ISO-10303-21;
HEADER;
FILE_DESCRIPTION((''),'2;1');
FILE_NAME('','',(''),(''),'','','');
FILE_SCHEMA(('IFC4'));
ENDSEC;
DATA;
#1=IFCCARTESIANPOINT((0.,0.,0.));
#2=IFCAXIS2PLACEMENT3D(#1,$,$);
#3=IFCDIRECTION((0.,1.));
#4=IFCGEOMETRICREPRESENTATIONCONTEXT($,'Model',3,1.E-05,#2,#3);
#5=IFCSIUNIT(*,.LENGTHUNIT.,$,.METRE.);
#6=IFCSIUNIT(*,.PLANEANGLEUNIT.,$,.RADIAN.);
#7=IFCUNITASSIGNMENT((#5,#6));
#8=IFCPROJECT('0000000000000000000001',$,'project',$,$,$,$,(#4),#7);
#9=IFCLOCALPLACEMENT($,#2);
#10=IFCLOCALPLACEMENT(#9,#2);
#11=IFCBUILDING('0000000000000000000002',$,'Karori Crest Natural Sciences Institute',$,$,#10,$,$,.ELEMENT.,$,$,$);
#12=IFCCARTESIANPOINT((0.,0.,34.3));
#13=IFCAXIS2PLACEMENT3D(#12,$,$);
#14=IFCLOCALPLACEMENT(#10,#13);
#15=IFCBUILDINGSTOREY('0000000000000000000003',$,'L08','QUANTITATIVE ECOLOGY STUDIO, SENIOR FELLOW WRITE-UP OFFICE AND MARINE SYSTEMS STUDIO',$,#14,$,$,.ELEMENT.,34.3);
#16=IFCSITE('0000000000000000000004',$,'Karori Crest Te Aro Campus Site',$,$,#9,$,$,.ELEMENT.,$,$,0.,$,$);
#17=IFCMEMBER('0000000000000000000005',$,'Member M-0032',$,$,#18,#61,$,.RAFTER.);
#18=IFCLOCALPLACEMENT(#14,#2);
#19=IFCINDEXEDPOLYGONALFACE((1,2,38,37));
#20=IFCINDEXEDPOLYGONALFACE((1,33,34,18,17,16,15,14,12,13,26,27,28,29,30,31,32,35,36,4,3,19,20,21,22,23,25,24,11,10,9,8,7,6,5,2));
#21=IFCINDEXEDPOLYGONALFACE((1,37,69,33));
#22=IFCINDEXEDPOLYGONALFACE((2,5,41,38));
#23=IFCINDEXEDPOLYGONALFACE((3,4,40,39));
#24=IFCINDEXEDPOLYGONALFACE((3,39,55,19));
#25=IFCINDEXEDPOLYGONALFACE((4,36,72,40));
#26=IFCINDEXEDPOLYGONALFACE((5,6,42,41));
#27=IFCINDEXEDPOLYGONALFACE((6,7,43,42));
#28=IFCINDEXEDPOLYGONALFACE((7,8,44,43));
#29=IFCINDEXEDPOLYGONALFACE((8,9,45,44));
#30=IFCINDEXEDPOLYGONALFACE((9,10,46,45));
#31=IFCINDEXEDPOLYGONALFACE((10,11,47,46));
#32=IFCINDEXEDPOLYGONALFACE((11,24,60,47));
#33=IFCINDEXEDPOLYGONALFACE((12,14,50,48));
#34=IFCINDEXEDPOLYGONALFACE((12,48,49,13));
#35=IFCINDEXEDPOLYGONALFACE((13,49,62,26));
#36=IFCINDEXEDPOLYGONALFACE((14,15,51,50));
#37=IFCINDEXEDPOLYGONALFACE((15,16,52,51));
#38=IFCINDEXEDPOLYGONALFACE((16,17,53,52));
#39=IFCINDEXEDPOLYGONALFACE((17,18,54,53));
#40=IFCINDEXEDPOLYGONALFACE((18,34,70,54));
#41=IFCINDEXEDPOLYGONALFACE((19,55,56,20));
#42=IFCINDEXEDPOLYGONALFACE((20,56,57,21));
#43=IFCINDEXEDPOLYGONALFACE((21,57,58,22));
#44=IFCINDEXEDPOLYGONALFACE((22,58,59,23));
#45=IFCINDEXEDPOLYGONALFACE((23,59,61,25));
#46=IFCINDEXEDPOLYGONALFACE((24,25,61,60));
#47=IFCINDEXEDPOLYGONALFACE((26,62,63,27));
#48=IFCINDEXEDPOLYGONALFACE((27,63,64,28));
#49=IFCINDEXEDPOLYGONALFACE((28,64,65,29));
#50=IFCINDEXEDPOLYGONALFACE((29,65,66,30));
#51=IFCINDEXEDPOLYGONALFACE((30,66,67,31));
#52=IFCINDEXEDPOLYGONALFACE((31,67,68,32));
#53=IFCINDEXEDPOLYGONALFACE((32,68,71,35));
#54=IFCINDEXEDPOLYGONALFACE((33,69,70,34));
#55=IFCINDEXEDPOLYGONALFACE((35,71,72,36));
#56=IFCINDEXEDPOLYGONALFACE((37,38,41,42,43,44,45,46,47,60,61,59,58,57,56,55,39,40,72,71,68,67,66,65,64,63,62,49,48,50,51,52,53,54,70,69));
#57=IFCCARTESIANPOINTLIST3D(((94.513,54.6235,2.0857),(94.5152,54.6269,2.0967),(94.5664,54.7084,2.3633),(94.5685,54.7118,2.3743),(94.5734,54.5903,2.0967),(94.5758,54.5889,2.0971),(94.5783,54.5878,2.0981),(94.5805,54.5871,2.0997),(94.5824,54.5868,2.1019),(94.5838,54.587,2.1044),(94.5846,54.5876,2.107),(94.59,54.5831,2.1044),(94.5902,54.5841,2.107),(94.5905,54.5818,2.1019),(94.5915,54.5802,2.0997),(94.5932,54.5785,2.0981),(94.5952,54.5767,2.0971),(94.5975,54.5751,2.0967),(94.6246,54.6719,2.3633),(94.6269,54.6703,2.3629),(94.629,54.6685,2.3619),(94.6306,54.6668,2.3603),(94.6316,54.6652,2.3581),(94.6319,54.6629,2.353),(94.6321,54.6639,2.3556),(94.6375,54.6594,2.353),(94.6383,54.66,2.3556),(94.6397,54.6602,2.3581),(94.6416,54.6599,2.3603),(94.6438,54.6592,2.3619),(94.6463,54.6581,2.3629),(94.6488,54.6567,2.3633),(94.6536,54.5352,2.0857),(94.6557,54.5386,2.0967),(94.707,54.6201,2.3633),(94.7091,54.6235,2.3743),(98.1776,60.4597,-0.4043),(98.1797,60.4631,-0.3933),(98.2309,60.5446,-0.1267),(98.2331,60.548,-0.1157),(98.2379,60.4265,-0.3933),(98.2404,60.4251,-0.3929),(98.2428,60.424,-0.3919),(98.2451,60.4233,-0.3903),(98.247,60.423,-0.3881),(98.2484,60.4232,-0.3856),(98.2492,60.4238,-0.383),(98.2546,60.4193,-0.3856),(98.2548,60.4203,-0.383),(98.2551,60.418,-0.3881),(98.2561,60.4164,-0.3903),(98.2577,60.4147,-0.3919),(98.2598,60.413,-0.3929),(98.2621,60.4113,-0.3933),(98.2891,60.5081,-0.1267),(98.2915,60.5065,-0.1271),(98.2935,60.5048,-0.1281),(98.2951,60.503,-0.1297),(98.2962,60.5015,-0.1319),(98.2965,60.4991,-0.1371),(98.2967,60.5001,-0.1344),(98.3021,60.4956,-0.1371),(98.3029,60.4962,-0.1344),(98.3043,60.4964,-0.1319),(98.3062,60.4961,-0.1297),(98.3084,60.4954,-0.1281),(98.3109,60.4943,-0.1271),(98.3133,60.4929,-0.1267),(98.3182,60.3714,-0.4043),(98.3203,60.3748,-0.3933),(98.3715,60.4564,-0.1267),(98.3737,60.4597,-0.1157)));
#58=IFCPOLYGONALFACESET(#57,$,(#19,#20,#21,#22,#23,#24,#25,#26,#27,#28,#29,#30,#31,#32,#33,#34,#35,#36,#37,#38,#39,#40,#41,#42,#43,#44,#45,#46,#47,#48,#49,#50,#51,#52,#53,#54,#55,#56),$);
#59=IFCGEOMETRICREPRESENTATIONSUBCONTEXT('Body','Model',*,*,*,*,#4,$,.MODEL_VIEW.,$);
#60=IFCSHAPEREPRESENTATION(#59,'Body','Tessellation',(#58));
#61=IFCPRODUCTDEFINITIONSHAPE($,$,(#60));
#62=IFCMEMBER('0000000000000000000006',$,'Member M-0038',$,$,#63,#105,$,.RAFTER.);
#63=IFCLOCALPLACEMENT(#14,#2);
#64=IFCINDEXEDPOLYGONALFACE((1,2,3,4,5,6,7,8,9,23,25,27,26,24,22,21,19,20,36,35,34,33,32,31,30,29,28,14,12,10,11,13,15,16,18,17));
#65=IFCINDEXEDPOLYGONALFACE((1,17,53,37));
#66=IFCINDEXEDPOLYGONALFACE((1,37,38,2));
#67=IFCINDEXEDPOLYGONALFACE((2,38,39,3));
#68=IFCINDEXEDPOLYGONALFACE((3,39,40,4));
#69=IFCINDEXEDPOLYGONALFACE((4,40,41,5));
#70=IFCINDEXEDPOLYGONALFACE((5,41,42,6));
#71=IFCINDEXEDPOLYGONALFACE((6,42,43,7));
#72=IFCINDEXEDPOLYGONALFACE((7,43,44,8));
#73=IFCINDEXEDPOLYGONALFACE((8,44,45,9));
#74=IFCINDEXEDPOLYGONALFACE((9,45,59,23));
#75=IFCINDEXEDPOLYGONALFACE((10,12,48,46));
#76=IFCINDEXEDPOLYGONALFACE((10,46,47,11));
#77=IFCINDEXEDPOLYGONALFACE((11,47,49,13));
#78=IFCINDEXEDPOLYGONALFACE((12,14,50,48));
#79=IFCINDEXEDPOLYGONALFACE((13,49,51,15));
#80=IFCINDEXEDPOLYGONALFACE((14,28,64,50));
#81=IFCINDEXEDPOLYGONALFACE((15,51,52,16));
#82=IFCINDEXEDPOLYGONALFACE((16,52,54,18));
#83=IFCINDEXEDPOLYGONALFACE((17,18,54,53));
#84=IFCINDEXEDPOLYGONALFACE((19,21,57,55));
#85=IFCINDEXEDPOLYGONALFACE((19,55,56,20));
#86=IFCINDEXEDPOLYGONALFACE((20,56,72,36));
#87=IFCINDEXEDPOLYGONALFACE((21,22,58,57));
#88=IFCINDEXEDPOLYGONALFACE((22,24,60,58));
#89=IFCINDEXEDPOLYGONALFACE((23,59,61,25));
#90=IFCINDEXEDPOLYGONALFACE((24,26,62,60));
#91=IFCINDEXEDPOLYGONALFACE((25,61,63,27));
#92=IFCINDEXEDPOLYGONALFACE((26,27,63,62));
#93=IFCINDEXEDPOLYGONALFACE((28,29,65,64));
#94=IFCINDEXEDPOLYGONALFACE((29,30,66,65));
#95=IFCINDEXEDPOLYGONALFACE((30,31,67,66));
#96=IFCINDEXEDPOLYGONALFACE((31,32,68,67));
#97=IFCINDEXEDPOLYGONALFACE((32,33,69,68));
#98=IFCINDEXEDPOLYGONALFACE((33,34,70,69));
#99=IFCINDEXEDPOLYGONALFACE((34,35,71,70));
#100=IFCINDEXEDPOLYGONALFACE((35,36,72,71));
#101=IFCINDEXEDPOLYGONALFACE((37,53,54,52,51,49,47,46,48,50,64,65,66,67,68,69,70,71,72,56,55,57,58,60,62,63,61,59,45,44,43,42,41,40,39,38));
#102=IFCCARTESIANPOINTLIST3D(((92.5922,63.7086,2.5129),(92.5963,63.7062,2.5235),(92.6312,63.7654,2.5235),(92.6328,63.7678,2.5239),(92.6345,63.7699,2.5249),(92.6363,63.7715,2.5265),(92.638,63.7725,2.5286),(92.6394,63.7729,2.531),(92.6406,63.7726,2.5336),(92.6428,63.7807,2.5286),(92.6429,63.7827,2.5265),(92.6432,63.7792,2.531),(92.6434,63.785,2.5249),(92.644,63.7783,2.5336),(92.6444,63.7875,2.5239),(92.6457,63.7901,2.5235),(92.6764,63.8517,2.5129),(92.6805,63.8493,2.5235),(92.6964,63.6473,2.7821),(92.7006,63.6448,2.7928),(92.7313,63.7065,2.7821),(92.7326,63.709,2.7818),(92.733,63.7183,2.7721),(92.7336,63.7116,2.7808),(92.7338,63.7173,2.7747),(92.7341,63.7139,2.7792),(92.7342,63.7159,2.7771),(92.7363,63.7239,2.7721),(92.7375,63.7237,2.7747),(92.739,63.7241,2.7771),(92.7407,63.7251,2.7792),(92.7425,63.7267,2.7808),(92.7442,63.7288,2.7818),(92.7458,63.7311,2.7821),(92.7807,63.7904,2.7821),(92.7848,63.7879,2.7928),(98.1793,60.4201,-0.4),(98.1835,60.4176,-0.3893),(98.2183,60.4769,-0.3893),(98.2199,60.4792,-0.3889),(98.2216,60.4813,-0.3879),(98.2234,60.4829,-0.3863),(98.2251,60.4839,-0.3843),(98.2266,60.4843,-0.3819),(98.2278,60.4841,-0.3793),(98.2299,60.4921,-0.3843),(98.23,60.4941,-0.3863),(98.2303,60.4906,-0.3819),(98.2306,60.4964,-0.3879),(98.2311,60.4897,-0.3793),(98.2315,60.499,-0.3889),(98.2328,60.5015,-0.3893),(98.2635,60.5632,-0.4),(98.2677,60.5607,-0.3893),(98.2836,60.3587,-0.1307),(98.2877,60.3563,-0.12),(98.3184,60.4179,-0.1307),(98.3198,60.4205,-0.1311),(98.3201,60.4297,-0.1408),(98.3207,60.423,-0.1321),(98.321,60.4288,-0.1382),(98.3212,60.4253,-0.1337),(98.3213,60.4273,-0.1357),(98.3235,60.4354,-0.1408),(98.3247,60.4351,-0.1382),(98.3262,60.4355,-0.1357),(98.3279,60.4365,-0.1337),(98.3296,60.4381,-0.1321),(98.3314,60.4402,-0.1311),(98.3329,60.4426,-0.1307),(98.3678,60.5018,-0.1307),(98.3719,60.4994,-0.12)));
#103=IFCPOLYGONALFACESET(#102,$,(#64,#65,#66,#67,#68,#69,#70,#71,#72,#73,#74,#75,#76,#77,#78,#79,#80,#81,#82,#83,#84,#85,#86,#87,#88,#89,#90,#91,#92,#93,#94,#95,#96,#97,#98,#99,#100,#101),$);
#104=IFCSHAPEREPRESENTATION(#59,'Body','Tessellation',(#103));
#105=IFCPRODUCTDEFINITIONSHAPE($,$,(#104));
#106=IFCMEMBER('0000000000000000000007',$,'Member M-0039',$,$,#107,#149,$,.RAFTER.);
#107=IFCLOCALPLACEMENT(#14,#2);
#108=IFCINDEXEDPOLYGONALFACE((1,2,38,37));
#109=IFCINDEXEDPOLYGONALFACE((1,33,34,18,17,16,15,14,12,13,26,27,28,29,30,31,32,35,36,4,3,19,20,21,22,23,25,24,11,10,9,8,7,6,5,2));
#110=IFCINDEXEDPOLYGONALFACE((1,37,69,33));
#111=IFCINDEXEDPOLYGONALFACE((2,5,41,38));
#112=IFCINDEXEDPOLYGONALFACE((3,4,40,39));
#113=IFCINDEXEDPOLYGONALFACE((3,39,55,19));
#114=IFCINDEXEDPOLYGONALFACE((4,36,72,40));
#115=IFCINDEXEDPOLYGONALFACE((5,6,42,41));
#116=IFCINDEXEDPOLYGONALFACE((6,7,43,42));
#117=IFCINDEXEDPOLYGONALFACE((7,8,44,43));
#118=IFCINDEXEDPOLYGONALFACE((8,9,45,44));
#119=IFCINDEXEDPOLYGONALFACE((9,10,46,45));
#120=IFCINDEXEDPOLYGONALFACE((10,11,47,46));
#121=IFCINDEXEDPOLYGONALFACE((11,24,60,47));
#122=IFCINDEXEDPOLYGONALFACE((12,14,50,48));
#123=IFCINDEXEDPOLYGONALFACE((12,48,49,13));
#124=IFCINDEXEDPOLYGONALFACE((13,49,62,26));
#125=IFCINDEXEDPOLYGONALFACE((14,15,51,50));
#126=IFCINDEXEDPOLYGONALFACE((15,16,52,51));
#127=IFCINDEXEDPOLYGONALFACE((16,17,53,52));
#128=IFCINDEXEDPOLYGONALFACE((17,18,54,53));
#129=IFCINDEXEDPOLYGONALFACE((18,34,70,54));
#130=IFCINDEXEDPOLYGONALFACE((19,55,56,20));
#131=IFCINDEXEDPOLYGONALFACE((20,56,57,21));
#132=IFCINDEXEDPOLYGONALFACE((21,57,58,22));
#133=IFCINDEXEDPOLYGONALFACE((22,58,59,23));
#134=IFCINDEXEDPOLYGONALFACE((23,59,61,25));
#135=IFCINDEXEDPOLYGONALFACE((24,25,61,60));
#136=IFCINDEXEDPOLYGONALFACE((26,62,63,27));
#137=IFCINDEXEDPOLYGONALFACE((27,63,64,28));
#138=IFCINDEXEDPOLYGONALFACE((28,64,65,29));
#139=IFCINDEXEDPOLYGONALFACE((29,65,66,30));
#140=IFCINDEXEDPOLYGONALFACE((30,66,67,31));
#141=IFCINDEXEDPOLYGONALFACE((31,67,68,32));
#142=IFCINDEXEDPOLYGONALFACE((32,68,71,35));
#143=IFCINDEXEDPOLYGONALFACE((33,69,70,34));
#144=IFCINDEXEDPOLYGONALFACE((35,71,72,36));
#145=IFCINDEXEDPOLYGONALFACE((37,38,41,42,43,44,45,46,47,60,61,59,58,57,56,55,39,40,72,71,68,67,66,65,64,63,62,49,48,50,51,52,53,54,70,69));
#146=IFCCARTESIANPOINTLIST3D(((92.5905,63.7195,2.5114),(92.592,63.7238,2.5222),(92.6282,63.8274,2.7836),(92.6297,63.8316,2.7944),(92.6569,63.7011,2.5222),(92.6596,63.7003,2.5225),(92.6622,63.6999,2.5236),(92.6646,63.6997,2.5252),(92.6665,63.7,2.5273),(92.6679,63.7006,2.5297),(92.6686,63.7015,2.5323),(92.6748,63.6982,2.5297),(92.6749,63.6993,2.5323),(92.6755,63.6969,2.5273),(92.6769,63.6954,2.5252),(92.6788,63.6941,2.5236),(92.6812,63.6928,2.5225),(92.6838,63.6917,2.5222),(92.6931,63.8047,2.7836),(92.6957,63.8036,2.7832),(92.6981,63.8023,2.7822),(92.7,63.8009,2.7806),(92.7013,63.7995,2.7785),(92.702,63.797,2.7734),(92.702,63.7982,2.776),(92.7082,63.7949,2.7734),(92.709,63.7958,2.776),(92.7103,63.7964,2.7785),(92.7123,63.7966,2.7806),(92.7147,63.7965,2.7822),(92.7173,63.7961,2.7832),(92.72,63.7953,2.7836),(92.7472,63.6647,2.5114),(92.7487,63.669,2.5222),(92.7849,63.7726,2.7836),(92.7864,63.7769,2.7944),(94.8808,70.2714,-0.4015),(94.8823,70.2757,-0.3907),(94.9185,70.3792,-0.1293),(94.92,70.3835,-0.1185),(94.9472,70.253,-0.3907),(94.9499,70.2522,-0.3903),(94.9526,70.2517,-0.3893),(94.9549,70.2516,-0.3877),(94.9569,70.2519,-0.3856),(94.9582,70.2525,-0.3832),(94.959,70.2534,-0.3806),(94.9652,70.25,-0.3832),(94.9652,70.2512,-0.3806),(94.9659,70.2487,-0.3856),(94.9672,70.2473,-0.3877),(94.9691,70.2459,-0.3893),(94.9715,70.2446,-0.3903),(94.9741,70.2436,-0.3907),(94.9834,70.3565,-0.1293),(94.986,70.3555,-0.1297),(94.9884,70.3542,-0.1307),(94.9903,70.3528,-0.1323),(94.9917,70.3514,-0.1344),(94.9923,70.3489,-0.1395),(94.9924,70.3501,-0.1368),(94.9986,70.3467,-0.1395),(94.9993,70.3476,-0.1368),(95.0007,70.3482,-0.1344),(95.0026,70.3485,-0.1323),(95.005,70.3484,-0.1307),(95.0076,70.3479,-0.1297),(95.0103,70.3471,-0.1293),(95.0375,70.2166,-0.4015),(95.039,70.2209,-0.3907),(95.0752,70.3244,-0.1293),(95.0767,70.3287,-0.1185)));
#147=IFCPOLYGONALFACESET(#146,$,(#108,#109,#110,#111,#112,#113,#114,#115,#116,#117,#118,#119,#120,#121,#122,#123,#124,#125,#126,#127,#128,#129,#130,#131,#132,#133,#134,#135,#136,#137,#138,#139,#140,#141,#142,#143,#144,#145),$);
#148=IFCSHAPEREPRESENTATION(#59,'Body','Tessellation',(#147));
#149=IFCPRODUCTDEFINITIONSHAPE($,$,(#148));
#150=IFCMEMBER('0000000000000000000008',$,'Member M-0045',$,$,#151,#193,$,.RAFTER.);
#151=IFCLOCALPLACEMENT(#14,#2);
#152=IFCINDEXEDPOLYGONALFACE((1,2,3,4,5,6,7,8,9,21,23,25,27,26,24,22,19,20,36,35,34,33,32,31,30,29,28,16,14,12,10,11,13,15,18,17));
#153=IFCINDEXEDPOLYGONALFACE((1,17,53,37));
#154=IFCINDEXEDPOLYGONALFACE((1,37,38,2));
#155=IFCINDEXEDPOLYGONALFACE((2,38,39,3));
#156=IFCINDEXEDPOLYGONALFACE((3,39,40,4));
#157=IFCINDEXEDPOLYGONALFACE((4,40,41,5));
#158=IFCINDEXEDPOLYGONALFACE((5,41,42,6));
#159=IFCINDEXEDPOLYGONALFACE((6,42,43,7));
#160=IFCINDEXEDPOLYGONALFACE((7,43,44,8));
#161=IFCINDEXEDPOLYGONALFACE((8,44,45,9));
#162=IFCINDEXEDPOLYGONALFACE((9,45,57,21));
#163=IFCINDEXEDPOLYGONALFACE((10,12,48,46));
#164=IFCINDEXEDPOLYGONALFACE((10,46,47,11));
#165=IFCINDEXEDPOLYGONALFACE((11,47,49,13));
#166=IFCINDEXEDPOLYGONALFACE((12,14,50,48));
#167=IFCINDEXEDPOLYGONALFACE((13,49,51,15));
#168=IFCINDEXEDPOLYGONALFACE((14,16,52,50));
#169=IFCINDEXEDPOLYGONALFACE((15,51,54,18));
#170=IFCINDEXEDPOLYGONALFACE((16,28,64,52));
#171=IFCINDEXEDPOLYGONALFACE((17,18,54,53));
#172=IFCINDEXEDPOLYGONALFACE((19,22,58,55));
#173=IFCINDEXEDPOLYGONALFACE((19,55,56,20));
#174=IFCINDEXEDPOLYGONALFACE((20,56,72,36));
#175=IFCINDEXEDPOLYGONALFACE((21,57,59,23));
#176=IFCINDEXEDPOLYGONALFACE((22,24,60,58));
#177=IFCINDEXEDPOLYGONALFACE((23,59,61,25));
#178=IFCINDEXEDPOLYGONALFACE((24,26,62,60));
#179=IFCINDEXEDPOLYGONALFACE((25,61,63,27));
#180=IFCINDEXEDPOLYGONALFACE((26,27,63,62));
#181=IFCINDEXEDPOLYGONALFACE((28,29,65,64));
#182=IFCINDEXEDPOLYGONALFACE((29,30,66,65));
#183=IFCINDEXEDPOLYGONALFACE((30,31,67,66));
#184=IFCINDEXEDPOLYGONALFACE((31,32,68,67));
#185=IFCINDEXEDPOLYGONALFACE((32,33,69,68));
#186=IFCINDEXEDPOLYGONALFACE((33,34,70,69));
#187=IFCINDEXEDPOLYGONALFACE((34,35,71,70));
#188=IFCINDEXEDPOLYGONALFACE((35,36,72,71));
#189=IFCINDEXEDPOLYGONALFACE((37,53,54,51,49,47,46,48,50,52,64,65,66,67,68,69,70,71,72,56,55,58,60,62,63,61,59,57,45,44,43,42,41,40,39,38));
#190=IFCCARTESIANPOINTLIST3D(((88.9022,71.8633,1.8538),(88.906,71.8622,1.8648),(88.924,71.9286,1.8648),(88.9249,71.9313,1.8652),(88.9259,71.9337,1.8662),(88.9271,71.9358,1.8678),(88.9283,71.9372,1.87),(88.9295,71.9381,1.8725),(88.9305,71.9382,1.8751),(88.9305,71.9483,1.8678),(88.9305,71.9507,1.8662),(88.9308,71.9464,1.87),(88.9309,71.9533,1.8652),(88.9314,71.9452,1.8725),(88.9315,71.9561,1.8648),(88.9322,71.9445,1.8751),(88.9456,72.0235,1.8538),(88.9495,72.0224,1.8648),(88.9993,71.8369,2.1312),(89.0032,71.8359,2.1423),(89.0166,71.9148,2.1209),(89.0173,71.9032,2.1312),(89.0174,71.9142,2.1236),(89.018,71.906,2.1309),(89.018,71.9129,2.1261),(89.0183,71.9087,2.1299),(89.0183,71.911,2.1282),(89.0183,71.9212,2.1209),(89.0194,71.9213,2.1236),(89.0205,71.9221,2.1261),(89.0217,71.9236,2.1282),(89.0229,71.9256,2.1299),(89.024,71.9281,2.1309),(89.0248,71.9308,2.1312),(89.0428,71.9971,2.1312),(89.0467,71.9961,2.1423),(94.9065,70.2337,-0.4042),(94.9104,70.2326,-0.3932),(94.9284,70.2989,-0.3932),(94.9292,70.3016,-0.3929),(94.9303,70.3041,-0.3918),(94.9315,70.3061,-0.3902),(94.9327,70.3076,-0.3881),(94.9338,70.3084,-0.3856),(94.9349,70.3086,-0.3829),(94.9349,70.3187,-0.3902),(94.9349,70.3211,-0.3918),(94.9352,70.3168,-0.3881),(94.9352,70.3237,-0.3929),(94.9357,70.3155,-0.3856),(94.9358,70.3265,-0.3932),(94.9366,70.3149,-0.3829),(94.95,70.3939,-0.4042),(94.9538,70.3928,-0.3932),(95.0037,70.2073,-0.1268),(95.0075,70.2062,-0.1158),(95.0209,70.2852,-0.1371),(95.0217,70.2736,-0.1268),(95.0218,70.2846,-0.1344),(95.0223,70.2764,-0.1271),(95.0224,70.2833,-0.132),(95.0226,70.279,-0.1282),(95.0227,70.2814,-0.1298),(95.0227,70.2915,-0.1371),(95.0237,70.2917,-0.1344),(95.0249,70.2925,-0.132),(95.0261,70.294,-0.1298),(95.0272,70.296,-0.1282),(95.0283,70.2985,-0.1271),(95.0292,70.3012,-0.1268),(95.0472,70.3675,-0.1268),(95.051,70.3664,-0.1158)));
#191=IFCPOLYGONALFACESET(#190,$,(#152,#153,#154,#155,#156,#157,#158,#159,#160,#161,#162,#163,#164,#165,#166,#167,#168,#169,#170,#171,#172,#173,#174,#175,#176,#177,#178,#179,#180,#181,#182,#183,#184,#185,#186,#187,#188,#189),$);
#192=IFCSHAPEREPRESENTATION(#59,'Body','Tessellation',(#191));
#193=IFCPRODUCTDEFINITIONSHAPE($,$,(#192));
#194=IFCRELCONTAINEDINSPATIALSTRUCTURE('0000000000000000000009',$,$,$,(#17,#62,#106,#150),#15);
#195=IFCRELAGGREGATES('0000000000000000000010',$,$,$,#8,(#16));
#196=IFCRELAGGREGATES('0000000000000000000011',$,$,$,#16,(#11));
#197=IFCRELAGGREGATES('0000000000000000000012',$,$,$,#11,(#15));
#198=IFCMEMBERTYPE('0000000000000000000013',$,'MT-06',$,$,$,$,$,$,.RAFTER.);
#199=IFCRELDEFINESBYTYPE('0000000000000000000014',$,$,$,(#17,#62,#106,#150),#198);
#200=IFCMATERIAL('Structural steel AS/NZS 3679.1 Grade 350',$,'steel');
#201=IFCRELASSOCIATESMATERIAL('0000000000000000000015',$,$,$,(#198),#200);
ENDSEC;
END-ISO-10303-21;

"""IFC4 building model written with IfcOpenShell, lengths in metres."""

from ifc_helpers import new_model, si_unit, direction, frame, origin, origin_2d, place, context, subcontext, project, spatial, i_section, extrude, material, material_profile, profile_set, type_object, element, save


model = new_model("IFC4")

# Units and contexts
model_context = context("Model", 3, precision=1e-05, world=origin(), true_north=direction((0.0, 1.0)))
body_context = subcontext(model_context, "Body", "Model", "MODEL_VIEW")
ifc_project = project(units=[si_unit("LENGTHUNIT", "METRE"), si_unit("PLANEANGLEUNIT", "RADIAN")], contexts=[model_context])

# Site, building, storey
site_placement = place(None, origin())
site = spatial("IfcSite", under=ifc_project, at=site_placement, Name="Karori Crest Te Aro Campus Site", CompositionType="ELEMENT", RefElevation=0.0)
building_placement = place(site_placement, origin())
building = spatial("IfcBuilding", under=site, at=building_placement, Name="Karori Crest Natural Sciences Institute", CompositionType="ELEMENT")
storey_placement = place(building_placement, frame((0.0, 0.0, 34.3)))
storey = spatial("IfcBuildingStorey", under=building, at=storey_placement, Name="L08", Description="QUANTITATIVE ECOLOGY STUDIO, SENIOR FELLOW WRITE-UP OFFICE AND MARINE SYSTEMS STUDIO", CompositionType="ELEMENT", Elevation=34.3)

# Members
ifc_material_1 = material(Name="Structural steel AS/NZS 3679.1 Grade 350", Category="steel")
ifc_material_profile_1 = material_profile(ifc_material_1, i_section(OverallWidth=0.166, OverallDepth=0.3069, WebThickness=0.0066, FlangeThickness=0.0117, FilletRadius=0.011, at=origin_2d()), Name="310UB46.2")
ifc_profile_set_1 = profile_set([ifc_material_profile_1], Name="Structural steel AS/NZS 3679.1 Grade 350")
member_type_1 = type_object("IfcMemberType", Name="MT-06", PredefinedType="RAFTER", material=ifc_profile_set_1)
member_1_placement = place(storey_placement, frame((98.2756, 60.4597, -0.26), z_axis=(-0.50012, -0.796493, 0.339822), x_axis=(0.846892, -0.531765, 0.0)))
element("IfcMember", 1, at=member_1_placement, inside=storey, type_object=member_type_1, Name="Member M-0032", PredefinedType="RAFTER", context=body_context, shape_type="SweptSolid", body=[
    extrude(i_section(OverallWidth=0.166, OverallDepth=0.3069, WebThickness=0.0066, FlangeThickness=0.0117, FilletRadius=0.011, at=origin_2d()), origin(), (0.0, 0.0, 1.0), 7.3274),
])
member_2_placement = place(storey_placement, frame((98.2756, 60.4597, -0.26), z_axis=(-0.7861, 0.462695, 0.40983), x_axis=(-0.507251, -0.861799, 0.0)))
element("IfcMember", 2, at=member_2_placement, inside=storey, type_object=member_type_1, Name="Member M-0038", PredefinedType="RAFTER", context=body_context, shape_type="SweptSolid", body=[
    extrude(i_section(OverallWidth=0.166, OverallDepth=0.3069, WebThickness=0.0066, FlangeThickness=0.0117, FilletRadius=0.011, at=origin_2d()), origin(), (0.0, 0.0, 1.0), 7.1074),
])
member_3_placement = place(storey_placement, frame((94.9788, 70.3, -0.26), z_axis=(-0.304276, -0.870435, 0.386986), x_axis=(0.943986, -0.329987, 0.0)))
element("IfcMember", 3, at=member_3_placement, inside=storey, type_object=member_type_1, Name="Member M-0039", PredefinedType="RAFTER", context=body_context, shape_type="SweptSolid", body=[
    extrude(i_section(OverallWidth=0.166, OverallDepth=0.3069, WebThickness=0.0066, FlangeThickness=0.0117, FilletRadius=0.011, at=origin_2d()), origin(), (0.0, 0.0, 1.0), 7.5271),
])
member_4_placement = place(storey_placement, frame((94.9788, 70.3, -0.26), z_axis=(-0.907185, 0.246217, 0.341163), x_axis=(-0.261932, -0.965086, 0.0)))
element("IfcMember", 4, at=member_4_placement, inside=storey, type_object=member_type_1, Name="Member M-0045", PredefinedType="RAFTER", context=body_context, shape_type="SweptSolid", body=[
    extrude(i_section(OverallWidth=0.166, OverallDepth=0.3069, WebThickness=0.0066, FlangeThickness=0.0117, FilletRadius=0.011, at=origin_2d()), origin(), (0.0, 0.0, 1.0), 6.6187),
])

save(model, "model.ifc")
